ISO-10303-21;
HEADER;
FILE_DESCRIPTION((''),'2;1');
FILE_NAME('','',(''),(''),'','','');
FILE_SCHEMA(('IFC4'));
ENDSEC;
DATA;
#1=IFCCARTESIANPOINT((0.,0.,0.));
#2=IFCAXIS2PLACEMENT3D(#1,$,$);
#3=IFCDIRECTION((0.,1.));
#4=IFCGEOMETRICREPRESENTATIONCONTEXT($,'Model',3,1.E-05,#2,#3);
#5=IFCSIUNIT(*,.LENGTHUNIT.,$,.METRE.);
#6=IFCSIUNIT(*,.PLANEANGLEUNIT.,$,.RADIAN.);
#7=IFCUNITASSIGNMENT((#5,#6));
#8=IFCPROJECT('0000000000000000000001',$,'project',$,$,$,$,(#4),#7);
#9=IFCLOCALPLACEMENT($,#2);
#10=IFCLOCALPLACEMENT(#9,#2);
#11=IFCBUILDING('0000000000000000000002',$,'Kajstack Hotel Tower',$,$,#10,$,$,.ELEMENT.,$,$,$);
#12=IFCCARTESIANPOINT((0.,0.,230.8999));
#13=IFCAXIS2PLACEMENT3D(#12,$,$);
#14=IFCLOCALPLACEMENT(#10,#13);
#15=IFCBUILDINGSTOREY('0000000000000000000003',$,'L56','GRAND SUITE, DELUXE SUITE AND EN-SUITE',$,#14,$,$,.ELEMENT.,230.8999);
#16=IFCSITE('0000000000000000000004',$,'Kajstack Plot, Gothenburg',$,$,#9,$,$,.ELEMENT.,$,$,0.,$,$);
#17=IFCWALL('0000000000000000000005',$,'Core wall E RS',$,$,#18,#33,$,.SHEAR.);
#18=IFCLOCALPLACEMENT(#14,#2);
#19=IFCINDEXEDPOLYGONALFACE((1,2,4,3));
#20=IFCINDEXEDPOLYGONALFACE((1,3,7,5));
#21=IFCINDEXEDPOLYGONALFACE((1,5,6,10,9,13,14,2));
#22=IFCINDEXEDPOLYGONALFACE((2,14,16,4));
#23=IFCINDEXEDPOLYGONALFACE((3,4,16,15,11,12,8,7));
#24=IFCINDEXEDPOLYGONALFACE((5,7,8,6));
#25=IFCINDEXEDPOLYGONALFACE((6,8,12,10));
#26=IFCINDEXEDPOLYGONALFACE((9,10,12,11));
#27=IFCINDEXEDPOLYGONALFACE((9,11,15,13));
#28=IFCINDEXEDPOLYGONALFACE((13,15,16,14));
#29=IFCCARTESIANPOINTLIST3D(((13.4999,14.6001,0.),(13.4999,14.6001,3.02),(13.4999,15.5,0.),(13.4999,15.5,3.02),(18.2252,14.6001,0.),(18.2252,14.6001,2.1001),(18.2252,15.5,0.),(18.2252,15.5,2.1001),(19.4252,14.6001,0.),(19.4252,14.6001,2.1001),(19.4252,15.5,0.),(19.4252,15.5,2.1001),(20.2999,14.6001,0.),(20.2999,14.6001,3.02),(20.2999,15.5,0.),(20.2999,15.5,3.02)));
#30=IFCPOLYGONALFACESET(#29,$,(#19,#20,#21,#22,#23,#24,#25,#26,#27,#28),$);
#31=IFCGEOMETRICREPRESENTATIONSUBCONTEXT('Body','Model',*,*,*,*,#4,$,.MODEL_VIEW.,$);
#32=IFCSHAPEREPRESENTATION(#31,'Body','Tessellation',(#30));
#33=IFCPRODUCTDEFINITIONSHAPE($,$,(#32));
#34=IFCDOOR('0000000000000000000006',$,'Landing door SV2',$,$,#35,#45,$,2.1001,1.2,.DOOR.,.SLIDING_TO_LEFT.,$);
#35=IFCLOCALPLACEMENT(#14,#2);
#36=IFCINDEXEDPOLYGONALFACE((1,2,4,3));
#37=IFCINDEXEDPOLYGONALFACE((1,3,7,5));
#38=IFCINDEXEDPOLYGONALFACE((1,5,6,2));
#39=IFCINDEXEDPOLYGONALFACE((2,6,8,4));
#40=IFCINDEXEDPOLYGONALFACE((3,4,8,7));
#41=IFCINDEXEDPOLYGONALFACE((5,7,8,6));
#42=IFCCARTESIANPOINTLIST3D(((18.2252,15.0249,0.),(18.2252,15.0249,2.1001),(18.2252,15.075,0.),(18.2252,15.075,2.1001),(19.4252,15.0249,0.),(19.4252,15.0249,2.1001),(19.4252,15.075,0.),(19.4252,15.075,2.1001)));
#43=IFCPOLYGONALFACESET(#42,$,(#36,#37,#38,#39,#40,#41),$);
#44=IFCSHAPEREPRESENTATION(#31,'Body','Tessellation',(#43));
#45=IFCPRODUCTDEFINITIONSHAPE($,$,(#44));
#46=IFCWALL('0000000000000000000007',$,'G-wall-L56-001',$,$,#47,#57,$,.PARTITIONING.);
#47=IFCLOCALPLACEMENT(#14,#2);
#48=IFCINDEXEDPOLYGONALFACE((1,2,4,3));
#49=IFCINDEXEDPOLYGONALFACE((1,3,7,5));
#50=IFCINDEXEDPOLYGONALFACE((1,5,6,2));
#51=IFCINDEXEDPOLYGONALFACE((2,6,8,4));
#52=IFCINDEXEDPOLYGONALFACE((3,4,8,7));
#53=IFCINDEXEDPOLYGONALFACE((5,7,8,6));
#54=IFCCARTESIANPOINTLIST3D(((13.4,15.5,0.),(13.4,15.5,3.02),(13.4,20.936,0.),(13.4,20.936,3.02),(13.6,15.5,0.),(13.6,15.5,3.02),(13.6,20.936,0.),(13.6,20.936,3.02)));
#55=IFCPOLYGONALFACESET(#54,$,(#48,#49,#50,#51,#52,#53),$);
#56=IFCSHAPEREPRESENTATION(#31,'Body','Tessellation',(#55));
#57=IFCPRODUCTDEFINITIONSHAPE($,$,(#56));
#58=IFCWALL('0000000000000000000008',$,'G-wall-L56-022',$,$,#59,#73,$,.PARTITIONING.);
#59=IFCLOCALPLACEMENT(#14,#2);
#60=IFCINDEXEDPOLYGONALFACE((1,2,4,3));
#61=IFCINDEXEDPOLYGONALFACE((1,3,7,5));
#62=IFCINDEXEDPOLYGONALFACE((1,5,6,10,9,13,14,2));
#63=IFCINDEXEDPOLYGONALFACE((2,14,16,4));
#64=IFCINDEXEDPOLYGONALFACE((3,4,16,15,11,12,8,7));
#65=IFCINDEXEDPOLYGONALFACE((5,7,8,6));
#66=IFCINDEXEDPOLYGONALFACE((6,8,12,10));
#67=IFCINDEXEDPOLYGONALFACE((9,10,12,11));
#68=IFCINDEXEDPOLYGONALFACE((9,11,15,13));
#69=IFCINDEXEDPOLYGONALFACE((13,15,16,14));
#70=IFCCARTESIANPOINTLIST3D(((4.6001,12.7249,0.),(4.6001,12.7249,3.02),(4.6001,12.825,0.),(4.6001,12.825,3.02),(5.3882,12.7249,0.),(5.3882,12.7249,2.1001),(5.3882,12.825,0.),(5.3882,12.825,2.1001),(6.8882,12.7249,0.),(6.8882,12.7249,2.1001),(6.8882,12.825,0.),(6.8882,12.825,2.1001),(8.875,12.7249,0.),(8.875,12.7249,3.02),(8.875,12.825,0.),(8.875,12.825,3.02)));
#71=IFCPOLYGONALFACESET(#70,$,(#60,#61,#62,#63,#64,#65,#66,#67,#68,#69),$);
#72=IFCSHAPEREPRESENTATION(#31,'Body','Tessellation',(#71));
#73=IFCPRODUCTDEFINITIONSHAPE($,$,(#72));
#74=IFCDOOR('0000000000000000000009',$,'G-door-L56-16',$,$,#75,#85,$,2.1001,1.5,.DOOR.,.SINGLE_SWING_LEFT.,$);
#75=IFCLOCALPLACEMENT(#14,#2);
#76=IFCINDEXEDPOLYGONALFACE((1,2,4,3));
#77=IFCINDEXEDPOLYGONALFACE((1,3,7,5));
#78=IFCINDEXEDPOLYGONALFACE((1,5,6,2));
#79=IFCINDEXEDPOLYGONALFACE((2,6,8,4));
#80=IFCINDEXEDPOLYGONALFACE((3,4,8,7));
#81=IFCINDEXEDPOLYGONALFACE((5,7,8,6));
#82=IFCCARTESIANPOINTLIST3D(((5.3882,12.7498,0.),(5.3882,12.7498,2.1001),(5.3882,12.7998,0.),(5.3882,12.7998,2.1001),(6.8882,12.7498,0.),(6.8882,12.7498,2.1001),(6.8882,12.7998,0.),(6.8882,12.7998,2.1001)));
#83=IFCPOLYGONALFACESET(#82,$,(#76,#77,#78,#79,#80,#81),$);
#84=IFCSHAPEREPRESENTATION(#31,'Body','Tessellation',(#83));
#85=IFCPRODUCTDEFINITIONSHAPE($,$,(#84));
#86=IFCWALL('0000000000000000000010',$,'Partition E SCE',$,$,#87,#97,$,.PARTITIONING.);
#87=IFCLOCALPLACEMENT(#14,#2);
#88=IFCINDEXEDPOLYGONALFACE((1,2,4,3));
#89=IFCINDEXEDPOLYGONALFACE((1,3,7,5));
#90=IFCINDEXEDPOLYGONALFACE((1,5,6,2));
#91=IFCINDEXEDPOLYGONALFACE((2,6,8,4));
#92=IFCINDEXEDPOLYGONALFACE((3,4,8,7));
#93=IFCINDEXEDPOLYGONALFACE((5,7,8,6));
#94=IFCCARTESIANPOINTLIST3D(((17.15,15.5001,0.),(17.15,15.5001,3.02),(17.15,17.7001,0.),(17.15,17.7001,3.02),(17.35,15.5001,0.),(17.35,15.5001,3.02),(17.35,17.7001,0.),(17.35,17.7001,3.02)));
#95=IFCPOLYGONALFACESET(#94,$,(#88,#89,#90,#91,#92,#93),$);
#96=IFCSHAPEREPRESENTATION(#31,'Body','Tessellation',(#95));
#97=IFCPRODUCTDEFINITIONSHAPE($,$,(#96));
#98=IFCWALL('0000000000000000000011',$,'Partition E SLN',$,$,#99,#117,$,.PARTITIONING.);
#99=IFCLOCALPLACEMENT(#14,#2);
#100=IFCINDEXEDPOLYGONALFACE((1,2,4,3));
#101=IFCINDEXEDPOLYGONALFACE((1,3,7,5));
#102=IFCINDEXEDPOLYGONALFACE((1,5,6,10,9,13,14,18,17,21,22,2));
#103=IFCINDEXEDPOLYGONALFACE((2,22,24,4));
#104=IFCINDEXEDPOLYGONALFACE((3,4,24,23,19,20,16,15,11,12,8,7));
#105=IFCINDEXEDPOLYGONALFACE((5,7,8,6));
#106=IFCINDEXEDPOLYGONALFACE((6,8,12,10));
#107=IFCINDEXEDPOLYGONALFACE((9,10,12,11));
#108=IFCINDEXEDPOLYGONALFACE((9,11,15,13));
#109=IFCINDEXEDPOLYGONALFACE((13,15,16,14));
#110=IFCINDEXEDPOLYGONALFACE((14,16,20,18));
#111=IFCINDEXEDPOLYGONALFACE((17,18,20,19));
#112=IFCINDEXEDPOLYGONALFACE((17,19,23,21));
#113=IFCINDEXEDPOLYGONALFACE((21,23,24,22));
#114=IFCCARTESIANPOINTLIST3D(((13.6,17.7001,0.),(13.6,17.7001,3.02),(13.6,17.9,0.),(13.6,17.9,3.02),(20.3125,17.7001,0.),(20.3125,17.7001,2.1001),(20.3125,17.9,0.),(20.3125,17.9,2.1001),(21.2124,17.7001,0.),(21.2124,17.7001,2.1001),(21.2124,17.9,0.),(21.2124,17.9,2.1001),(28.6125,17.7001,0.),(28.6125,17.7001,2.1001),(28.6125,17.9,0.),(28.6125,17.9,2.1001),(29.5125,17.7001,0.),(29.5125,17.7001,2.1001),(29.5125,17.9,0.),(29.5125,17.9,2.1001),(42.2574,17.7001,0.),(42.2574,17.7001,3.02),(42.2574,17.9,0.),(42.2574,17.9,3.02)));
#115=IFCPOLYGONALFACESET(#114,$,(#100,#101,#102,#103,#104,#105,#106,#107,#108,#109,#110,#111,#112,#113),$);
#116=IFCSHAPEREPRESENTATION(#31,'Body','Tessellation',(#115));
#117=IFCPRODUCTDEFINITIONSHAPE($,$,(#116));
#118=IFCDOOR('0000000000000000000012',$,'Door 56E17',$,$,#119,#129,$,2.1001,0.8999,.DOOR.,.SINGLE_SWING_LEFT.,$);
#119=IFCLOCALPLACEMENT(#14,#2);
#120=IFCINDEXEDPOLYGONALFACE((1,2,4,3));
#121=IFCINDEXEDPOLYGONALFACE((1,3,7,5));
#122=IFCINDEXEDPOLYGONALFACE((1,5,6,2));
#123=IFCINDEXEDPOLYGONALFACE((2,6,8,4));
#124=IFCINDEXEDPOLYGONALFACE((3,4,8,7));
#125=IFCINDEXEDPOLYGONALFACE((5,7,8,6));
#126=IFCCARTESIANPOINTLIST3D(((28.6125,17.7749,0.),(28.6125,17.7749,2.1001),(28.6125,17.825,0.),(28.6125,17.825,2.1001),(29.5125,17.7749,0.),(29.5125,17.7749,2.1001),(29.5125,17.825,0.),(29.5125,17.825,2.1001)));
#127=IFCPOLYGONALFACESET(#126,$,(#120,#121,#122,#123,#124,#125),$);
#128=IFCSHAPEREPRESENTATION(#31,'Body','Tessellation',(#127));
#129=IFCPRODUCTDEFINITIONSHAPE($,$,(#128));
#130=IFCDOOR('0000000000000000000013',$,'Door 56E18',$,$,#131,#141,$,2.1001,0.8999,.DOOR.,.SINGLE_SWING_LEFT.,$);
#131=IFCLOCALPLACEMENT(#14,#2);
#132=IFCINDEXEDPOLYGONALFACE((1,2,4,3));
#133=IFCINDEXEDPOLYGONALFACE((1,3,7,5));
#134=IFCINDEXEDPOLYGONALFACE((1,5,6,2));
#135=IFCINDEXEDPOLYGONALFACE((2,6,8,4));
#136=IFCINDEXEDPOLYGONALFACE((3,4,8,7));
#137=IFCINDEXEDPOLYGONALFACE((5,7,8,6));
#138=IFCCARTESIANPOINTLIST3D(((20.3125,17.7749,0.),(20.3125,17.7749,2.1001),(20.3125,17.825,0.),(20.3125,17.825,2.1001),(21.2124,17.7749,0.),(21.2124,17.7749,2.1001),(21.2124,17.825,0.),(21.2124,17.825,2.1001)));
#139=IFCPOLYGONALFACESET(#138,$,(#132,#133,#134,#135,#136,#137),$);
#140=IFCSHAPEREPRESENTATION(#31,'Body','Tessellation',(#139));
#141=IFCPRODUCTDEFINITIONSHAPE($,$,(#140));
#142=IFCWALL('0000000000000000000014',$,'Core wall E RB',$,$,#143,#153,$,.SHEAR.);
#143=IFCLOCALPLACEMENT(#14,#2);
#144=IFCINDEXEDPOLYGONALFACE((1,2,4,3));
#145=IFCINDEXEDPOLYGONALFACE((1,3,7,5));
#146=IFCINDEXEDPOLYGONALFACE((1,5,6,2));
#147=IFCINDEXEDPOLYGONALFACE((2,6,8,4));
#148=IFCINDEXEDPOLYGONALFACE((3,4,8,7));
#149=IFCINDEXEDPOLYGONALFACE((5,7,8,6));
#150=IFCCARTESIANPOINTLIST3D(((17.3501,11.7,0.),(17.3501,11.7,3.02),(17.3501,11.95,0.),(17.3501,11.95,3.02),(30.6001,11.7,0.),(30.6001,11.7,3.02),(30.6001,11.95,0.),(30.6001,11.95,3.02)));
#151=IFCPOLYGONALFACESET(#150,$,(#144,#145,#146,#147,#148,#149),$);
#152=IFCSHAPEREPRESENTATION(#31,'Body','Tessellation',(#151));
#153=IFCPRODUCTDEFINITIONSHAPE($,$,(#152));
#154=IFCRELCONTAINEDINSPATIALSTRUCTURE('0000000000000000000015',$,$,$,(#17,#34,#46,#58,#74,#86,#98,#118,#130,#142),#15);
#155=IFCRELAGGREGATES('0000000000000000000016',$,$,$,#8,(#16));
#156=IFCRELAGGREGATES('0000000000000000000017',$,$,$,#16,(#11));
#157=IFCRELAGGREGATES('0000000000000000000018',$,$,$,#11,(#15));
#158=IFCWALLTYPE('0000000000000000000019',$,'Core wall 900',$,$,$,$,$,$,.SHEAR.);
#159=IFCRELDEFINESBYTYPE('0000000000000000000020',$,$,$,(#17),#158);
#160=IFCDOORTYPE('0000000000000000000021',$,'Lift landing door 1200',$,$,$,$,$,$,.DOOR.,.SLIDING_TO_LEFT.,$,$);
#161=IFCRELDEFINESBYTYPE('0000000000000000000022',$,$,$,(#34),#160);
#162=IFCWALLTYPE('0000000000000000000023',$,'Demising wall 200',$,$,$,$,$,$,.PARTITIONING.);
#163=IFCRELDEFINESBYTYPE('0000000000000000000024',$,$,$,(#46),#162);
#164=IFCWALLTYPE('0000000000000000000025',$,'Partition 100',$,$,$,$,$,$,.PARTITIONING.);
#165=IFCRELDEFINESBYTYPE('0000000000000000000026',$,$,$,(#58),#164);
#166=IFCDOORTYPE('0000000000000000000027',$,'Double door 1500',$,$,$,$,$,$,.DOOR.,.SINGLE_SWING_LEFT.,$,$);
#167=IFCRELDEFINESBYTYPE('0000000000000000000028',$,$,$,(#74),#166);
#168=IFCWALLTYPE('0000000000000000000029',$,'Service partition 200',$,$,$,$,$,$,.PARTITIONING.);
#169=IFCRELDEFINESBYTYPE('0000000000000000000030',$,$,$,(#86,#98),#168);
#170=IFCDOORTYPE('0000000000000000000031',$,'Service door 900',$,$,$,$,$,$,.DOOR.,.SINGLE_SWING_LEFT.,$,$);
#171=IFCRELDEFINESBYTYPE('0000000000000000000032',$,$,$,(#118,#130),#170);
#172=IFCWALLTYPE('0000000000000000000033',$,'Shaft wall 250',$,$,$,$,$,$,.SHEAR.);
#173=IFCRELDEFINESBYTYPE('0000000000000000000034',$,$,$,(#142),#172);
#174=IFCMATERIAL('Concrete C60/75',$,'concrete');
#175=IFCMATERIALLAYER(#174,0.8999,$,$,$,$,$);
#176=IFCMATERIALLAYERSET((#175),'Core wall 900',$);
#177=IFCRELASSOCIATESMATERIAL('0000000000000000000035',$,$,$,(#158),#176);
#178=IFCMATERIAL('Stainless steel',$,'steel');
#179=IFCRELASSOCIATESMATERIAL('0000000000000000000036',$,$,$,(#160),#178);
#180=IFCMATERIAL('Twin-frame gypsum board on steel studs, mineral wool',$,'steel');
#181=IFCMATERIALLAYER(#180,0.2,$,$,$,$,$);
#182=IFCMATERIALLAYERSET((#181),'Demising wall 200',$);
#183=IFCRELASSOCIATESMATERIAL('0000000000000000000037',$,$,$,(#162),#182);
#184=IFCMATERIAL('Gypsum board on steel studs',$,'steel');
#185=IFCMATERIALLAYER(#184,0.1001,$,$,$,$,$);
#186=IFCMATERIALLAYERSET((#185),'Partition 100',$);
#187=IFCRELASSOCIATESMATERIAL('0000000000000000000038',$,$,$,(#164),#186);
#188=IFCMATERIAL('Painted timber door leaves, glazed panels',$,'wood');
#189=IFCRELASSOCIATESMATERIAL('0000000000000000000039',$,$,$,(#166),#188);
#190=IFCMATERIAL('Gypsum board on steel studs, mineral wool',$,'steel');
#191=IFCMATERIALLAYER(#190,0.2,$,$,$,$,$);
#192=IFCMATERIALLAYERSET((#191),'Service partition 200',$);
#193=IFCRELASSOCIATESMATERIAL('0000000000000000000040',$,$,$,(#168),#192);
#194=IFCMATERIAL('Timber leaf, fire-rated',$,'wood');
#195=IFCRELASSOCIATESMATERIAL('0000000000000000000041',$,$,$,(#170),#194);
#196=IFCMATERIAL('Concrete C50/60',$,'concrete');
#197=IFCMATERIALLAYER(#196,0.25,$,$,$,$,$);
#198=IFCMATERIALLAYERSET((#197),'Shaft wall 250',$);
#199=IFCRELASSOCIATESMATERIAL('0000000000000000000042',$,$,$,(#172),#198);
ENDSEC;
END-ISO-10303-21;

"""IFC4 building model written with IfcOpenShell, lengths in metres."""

from ifc_helpers import new_model, si_unit, direction, frame, frame_2d, origin, place, context, subcontext, project, spatial, rectangle, extrude, material, layer, layer_set, type_object, element, fill, save


model = new_model("IFC4")

# Units and contexts
model_context = context("Model", 3, precision=1e-05, world=origin(), true_north=direction((0.0, 1.0)))
body_context = subcontext(model_context, "Body", "Model", "MODEL_VIEW")
ifc_project = project(units=[si_unit("LENGTHUNIT", "METRE"), si_unit("PLANEANGLEUNIT", "RADIAN")], contexts=[model_context])

# Site, building, storey
site_placement = place(None, origin())
site = spatial("IfcSite", under=ifc_project, at=site_placement, Name="Kajstack Plot, Gothenburg", CompositionType="ELEMENT", RefElevation=0.0)
building_placement = place(site_placement, origin())
building = spatial("IfcBuilding", under=site, at=building_placement, Name="Kajstack Hotel Tower", CompositionType="ELEMENT")
storey_placement = place(building_placement, frame((0.0, 0.0, 230.8999)))
storey = spatial("IfcBuildingStorey", under=building, at=storey_placement, Name="L56", Description="GRAND SUITE, DELUXE SUITE AND EN-SUITE", CompositionType="ELEMENT", Elevation=230.8999)

# Wall, opening, door
ifc_material_1 = material(Name="Concrete C60/75", Category="concrete")
ifc_layer_1 = layer(ifc_material_1, 0.8999)
ifc_layer_set_1 = layer_set([ifc_layer_1], Name="Core wall 900")
wall_type_1 = type_object("IfcWallType", Name="Core wall 900", PredefinedType="SHEAR", material=ifc_layer_set_1)
wall_1_placement = place(storey_placement, frame((13.5, 15.05, 0.0), z_axis=(0.0, 0.0, 1.0), x_axis=(1.0, 0.0, 0.0)))
wall_1 = element("IfcWall", 1, at=wall_1_placement, inside=storey, type_object=wall_type_1, Name="Core wall E RS", PredefinedType="SHEAR", context=body_context, shape_type="SweptSolid", body=[
    extrude(rectangle(XDim=6.8, YDim=0.8999, at=frame_2d((3.3999, 0.0))), origin(), (0.0, 0.0, 1.0), 3.02),
])
opening_1_placement = place(wall_1_placement, frame((4.7251, 0.0, 0.0)))
opening_1 = element("IfcOpeningElement", 2, at=opening_1_placement, cuts=wall_1, PredefinedType="OPENING", context=body_context, shape_type="SweptSolid", body=[
    extrude(rectangle(XDim=1.2, YDim=2.1001, at=frame_2d((0.6001, 1.05))), frame((0.0, 0.46, 0.0), z_axis=(0.0, -1.0, 0.0), x_axis=(1.0, 0.0, 0.0)), (0.0, 0.0, 1.0), 0.9199),
])
ifc_material_2 = material(Name="Stainless steel", Category="steel")
door_type_1 = type_object("IfcDoorType", Name="Lift landing door 1200", OperationType="SLIDING_TO_LEFT", PredefinedType="DOOR", material=ifc_material_2)
door_1_placement = place(opening_1_placement, origin())
door_1 = element("IfcDoor", 3, at=door_1_placement, inside=storey, type_object=door_type_1, Name="Landing door SV2", OperationType="SLIDING_TO_LEFT", OverallHeight=2.1001, OverallWidth=1.2, PredefinedType="DOOR", context=body_context, shape_type="SweptSolid", body=[
    extrude(rectangle(XDim=1.2, YDim=2.1001, at=frame_2d((0.6001, 1.05))), frame((0.0, 0.0249, 0.0), z_axis=(0.0, -1.0, 0.0), x_axis=(1.0, 0.0, 0.0)), (0.0, 0.0, 1.0), 0.05),
])
fill(opening_1, door_1)

# Wall
ifc_material_3 = material(Name="Twin-frame gypsum board on steel studs, mineral wool", Category="steel")
ifc_layer_2 = layer(ifc_material_3, 0.2)
ifc_layer_set_2 = layer_set([ifc_layer_2], Name="Demising wall 200")
wall_type_2 = type_object("IfcWallType", Name="Demising wall 200", PredefinedType="PARTITIONING", material=ifc_layer_set_2)
wall_2_placement = place(storey_placement, frame((13.5, 15.5, 0.0), z_axis=(0.0, 0.0, 1.0), x_axis=(0.0, 1.0, 0.0)))
element("IfcWall", 4, at=wall_2_placement, inside=storey, type_object=wall_type_2, Name="G-wall-L56-001", PredefinedType="PARTITIONING", context=body_context, shape_type="SweptSolid", body=[
    extrude(rectangle(XDim=5.436, YDim=0.2, at=frame_2d((2.718, 0.0))), origin(), (0.0, 0.0, 1.0), 3.02),
])

# Wall, opening, door
ifc_material_4 = material(Name="Gypsum board on steel studs", Category="steel")
ifc_layer_3 = layer(ifc_material_4, 0.1001)
ifc_layer_set_3 = layer_set([ifc_layer_3], Name="Partition 100")
wall_type_3 = type_object("IfcWallType", Name="Partition 100", PredefinedType="PARTITIONING", material=ifc_layer_set_3)
wall_3_placement = place(storey_placement, frame((4.6001, 12.7749, 0.0), z_axis=(0.0, 0.0, 1.0), x_axis=(1.0, 0.0, 0.0)))
wall_3 = element("IfcWall", 5, at=wall_3_placement, inside=storey, type_object=wall_type_3, Name="G-wall-L56-022", PredefinedType="PARTITIONING", context=body_context, shape_type="SweptSolid", body=[
    extrude(rectangle(XDim=4.2749, YDim=0.1001, at=frame_2d((2.1375, 0.0))), origin(), (0.0, 0.0, 1.0), 3.02),
])
opening_2_placement = place(wall_3_placement, frame((0.7881, 0.0, 0.0)))
opening_2 = element("IfcOpeningElement", 6, at=opening_2_placement, cuts=wall_3, PredefinedType="OPENING", context=body_context, shape_type="SweptSolid", body=[
    extrude(rectangle(XDim=1.5, YDim=2.1001, at=frame_2d((0.75, 1.05))), frame((0.0, 0.0601, 0.0), z_axis=(0.0, -1.0, 0.0), x_axis=(1.0, 0.0, 0.0)), (0.0, 0.0, 1.0), 0.1201),
])
ifc_material_5 = material(Name="Painted timber door leaves, glazed panels", Category="wood")
door_type_2 = type_object("IfcDoorType", Name="Double door 1500", OperationType="SINGLE_SWING_LEFT", PredefinedType="DOOR", material=ifc_material_5)
door_2_placement = place(opening_2_placement, origin())
door_2 = element("IfcDoor", 7, at=door_2_placement, inside=storey, type_object=door_type_2, Name="G-door-L56-16", OperationType="SINGLE_SWING_LEFT", OverallHeight=2.1001, OverallWidth=1.5, PredefinedType="DOOR", context=body_context, shape_type="SweptSolid", body=[
    extrude(rectangle(XDim=1.5, YDim=2.1001, at=frame_2d((0.75, 1.05))), frame((0.0, 0.0249, 0.0), z_axis=(0.0, -1.0, 0.0), x_axis=(1.0, 0.0, 0.0)), (0.0, 0.0, 1.0), 0.05),
])
fill(opening_2, door_2)

# Wall
ifc_material_6 = material(Name="Gypsum board on steel studs, mineral wool", Category="steel")
ifc_layer_4 = layer(ifc_material_6, 0.2)
ifc_layer_set_4 = layer_set([ifc_layer_4], Name="Service partition 200")
wall_type_4 = type_object("IfcWallType", Name="Service partition 200", PredefinedType="PARTITIONING", material=ifc_layer_set_4)
wall_4_placement = place(storey_placement, frame((17.25, 15.5, 0.0), z_axis=(0.0, 0.0, 1.0), x_axis=(0.0, 1.0, 0.0)))
element("IfcWall", 8, at=wall_4_placement, inside=storey, type_object=wall_type_4, Name="Partition E SCE", PredefinedType="PARTITIONING", context=body_context, shape_type="SweptSolid", body=[
    extrude(rectangle(XDim=2.2, YDim=0.2, at=frame_2d((1.1001, 0.0))), origin(), (0.0, 0.0, 1.0), 3.02),
])

# Wall, openings, doors
wall_5_placement = place(storey_placement, frame((13.6001, 17.8, 0.0), z_axis=(0.0, 0.0, 1.0), x_axis=(1.0, 0.0, 0.0)))
wall_5 = element("IfcWall", 9, at=wall_5_placement, inside=storey, type_object=wall_type_4, Name="Partition E SLN", PredefinedType="PARTITIONING", context=body_context, shape_type="SweptSolid", body=[
    extrude(rectangle(XDim=28.6575, YDim=0.2, at=frame_2d((14.3286, 0.0))), origin(), (0.0, 0.0, 1.0), 3.02),
])
opening_3_placement = place(wall_5_placement, frame((15.0125, 0.0, 0.0)))
opening_3 = element("IfcOpeningElement", 10, at=opening_3_placement, cuts=wall_5, PredefinedType="OPENING", context=body_context, shape_type="SweptSolid", body=[
    extrude(rectangle(XDim=0.8999, YDim=2.1001, at=frame_2d((0.45, 1.05))), frame((0.0, 0.1099, 0.0), z_axis=(0.0, -1.0, 0.0), x_axis=(1.0, 0.0, 0.0)), (0.0, 0.0, 1.0), 0.22),
])
opening_4_placement = place(wall_5_placement, frame((6.7124, 0.0, 0.0)))
opening_4 = element("IfcOpeningElement", 11, at=opening_4_placement, cuts=wall_5, PredefinedType="OPENING", context=body_context, shape_type="SweptSolid", body=[
    extrude(rectangle(XDim=0.8999, YDim=2.1001, at=frame_2d((0.45, 1.05))), frame((0.0, 0.1099, 0.0), z_axis=(0.0, -1.0, 0.0), x_axis=(1.0, 0.0, 0.0)), (0.0, 0.0, 1.0), 0.22),
])
ifc_material_7 = material(Name="Timber leaf, fire-rated", Category="wood")
door_type_3 = type_object("IfcDoorType", Name="Service door 900", OperationType="SINGLE_SWING_LEFT", PredefinedType="DOOR", material=ifc_material_7)
door_3_placement = place(opening_3_placement, origin())
door_3 = element("IfcDoor", 12, at=door_3_placement, inside=storey, type_object=door_type_3, Name="Door 56E17", OperationType="SINGLE_SWING_LEFT", OverallHeight=2.1001, OverallWidth=0.8999, PredefinedType="DOOR", context=body_context, shape_type="SweptSolid", body=[
    extrude(rectangle(XDim=0.8999, YDim=2.1001, at=frame_2d((0.45, 1.05))), frame((0.0, 0.0249, 0.0), z_axis=(0.0, -1.0, 0.0), x_axis=(1.0, 0.0, 0.0)), (0.0, 0.0, 1.0), 0.05),
])
fill(opening_3, door_3)
door_4_placement = place(opening_4_placement, origin())
door_4 = element("IfcDoor", 13, at=door_4_placement, inside=storey, type_object=door_type_3, Name="Door 56E18", OperationType="SINGLE_SWING_LEFT", OverallHeight=2.1001, OverallWidth=0.8999, PredefinedType="DOOR", context=body_context, shape_type="SweptSolid", body=[
    extrude(rectangle(XDim=0.8999, YDim=2.1001, at=frame_2d((0.45, 1.05))), frame((0.0, 0.0249, 0.0), z_axis=(0.0, -1.0, 0.0), x_axis=(1.0, 0.0, 0.0)), (0.0, 0.0, 1.0), 0.05),
])
fill(opening_4, door_4)

# Wall
ifc_material_8 = material(Name="Concrete C50/60", Category="concrete")
ifc_layer_5 = layer(ifc_material_8, 0.25)
ifc_layer_set_5 = layer_set([ifc_layer_5], Name="Shaft wall 250")
wall_type_5 = type_object("IfcWallType", Name="Shaft wall 250", PredefinedType="SHEAR", material=ifc_layer_set_5)
wall_6_placement = place(storey_placement, frame((17.3501, 11.825, 0.0), z_axis=(0.0, 0.0, 1.0), x_axis=(1.0, 0.0, 0.0)))
element("IfcWall", 14, at=wall_6_placement, inside=storey, type_object=wall_type_5, Name="Core wall E RB", PredefinedType="SHEAR", context=body_context, shape_type="SweptSolid", body=[
    extrude(rectangle(XDim=13.25, YDim=0.25, at=frame_2d((6.625, 0.0))), origin(), (0.0, 0.0, 1.0), 3.02),
])

save(model, "model.ifc")
